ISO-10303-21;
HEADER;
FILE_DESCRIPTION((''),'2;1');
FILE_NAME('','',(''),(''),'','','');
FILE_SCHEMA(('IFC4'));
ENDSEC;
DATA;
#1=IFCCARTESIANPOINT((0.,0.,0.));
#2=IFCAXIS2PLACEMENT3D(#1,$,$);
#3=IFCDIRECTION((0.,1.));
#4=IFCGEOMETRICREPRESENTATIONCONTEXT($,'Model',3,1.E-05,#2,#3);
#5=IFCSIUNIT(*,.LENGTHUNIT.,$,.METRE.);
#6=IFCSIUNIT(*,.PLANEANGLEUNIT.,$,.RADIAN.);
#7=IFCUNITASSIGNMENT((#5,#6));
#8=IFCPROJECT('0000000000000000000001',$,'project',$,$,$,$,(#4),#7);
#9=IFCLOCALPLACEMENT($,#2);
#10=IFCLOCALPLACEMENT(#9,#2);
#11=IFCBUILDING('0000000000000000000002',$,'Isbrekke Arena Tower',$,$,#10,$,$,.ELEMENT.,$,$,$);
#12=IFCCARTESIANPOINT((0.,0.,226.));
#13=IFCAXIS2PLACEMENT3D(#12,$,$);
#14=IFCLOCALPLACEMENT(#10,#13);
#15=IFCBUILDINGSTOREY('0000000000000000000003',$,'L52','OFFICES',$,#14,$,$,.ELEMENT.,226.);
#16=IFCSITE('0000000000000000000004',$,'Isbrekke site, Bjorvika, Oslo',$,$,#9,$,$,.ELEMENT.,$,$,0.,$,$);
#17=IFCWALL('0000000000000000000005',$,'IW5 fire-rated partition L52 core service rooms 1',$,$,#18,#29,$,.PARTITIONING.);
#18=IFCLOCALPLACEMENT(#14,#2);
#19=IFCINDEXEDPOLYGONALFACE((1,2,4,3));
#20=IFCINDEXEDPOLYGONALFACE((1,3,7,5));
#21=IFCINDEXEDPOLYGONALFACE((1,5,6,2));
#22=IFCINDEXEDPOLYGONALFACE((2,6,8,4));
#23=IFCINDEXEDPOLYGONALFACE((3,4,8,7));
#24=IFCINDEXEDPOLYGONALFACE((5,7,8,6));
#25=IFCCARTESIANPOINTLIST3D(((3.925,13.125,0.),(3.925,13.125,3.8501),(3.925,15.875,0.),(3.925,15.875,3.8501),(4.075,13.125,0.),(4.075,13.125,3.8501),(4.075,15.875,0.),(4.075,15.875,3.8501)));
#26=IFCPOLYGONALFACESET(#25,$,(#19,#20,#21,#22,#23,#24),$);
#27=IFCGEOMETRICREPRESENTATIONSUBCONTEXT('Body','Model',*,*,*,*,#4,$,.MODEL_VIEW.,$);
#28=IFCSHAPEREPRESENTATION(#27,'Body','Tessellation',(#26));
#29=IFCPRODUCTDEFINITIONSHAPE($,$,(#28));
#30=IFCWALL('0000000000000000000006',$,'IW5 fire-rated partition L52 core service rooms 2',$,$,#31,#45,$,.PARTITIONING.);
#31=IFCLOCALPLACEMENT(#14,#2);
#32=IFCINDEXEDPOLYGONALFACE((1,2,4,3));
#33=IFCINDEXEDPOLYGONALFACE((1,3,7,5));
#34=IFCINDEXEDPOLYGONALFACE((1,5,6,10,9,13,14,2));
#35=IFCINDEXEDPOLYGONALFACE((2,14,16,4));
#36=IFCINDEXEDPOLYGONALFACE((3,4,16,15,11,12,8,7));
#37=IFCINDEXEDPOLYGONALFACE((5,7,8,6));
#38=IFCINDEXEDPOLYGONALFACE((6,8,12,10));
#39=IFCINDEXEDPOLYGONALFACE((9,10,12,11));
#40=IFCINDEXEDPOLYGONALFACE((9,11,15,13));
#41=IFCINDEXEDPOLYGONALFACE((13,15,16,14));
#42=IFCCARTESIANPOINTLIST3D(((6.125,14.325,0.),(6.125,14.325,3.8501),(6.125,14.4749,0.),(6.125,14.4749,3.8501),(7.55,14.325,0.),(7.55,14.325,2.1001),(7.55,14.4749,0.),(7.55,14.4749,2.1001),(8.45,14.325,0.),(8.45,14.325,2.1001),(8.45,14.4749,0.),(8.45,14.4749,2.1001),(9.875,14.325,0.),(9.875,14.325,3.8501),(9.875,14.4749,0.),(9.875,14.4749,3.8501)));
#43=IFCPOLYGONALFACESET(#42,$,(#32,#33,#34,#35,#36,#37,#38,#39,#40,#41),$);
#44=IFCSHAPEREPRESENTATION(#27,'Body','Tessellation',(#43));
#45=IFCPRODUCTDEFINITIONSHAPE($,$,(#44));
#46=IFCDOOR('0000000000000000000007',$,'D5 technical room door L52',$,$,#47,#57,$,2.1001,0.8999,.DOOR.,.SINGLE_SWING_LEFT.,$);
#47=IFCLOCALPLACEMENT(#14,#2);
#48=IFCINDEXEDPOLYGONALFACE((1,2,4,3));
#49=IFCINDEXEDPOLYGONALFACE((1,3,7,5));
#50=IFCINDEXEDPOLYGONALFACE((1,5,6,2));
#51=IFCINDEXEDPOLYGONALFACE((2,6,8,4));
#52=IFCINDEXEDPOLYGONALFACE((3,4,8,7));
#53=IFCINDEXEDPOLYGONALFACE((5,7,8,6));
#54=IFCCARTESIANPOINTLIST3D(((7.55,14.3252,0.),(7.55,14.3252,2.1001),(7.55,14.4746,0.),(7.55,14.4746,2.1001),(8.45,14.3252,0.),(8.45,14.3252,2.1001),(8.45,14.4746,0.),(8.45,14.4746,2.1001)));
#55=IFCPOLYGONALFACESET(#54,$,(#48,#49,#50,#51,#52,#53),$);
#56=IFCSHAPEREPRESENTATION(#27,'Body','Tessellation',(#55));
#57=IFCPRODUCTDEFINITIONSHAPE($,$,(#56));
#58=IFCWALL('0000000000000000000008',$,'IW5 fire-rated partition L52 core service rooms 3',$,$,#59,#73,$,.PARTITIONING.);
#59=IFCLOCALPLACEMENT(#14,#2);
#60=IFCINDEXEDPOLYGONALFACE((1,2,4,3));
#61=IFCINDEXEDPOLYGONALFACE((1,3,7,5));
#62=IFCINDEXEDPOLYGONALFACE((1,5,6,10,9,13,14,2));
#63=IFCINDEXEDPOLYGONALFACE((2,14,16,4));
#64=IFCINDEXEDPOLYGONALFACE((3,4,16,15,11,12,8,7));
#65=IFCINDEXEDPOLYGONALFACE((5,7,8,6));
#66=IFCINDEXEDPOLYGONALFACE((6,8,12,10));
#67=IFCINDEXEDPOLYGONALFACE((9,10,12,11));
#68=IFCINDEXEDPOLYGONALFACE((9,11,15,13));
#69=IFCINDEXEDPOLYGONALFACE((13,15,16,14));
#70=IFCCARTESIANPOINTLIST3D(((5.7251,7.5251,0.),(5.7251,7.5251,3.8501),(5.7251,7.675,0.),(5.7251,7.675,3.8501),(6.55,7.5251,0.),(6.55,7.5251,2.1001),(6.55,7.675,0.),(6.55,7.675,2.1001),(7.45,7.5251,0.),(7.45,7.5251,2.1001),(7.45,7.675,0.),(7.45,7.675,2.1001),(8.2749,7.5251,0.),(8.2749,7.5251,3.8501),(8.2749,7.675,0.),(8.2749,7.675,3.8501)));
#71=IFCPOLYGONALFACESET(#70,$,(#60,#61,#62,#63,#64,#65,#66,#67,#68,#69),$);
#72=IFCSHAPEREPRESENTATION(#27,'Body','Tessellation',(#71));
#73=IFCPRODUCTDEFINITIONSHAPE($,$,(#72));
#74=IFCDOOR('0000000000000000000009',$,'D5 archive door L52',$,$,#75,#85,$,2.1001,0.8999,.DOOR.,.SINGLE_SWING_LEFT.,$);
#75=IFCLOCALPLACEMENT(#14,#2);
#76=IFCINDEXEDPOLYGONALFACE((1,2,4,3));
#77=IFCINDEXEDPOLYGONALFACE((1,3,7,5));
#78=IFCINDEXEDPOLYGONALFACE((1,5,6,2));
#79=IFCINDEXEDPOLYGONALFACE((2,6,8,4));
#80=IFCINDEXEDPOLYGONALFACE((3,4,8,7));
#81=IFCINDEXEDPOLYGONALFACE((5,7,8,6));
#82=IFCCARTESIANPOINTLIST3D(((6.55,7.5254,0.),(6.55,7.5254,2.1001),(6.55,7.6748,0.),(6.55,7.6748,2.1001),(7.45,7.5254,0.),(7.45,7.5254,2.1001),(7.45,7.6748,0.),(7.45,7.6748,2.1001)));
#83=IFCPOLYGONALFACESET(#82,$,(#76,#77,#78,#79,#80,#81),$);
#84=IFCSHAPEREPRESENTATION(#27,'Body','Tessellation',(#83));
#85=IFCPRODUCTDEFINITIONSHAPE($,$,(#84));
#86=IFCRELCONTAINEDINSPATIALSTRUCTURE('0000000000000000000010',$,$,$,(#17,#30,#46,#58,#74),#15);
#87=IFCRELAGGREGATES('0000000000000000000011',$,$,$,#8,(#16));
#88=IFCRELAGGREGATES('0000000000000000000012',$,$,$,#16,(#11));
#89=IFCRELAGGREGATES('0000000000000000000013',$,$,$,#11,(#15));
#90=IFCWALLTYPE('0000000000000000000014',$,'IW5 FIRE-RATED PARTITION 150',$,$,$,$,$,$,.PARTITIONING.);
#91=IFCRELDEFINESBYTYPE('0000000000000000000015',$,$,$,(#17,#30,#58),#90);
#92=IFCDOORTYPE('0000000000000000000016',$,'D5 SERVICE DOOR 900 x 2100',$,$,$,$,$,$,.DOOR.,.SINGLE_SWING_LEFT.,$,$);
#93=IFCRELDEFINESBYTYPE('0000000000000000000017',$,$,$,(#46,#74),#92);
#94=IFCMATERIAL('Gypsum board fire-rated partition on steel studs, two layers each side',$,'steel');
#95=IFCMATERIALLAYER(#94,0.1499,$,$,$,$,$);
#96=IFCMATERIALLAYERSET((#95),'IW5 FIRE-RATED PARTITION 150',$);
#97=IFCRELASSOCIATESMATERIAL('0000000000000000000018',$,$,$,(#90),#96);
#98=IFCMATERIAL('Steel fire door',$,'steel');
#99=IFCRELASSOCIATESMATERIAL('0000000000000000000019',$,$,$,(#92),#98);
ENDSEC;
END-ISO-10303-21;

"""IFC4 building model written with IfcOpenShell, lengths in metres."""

from ifc_helpers import new_model, si_unit, direction, frame, frame_2d, origin, place, context, subcontext, project, spatial, rectangle, extrude, material, layer, layer_set, type_object, element, fill, save


model = new_model("IFC4")

# Units and contexts
model_context = context("Model", 3, precision=1e-05, world=origin(), true_north=direction((0.0, 1.0)))
body_context = subcontext(model_context, "Body", "Model", "MODEL_VIEW")
ifc_project = project(units=[si_unit("LENGTHUNIT", "METRE"), si_unit("PLANEANGLEUNIT", "RADIAN")], contexts=[model_context])

# Site, building, storey
site_placement = place(None, origin())
site = spatial("IfcSite", under=ifc_project, at=site_placement, Name="Isbrekke site, Bjorvika, Oslo", CompositionType="ELEMENT", RefElevation=0.0)
building_placement = place(site_placement, origin())
building = spatial("IfcBuilding", under=site, at=building_placement, Name="Isbrekke Arena Tower", CompositionType="ELEMENT")
storey_placement = place(building_placement, frame((0.0, 0.0, 226.0)))
storey = spatial("IfcBuildingStorey", under=building, at=storey_placement, Name="L52", Description="OFFICES", CompositionType="ELEMENT", Elevation=226.0)

# Wall
ifc_material_1 = material(Name="Gypsum board fire-rated partition on steel studs, two layers each side", Category="steel")
ifc_layer_1 = layer(ifc_material_1, 0.1499)
ifc_layer_set_1 = layer_set([ifc_layer_1], Name="IW5 FIRE-RATED PARTITION 150")
wall_type_1 = type_object("IfcWallType", Name="IW5 FIRE-RATED PARTITION 150", PredefinedType="PARTITIONING", material=ifc_layer_set_1)
wall_1_placement = place(storey_placement, frame((4.0, 13.125, 0.0), z_axis=(0.0, 0.0, 1.0), x_axis=(0.0, 1.0, 0.0)))
element("IfcWall", 1, at=wall_1_placement, inside=storey, type_object=wall_type_1, Name="IW5 fire-rated partition L52 core service rooms 1", PredefinedType="PARTITIONING", context=body_context, shape_type="SweptSolid", body=[
    extrude(rectangle(XDim=2.75, YDim=0.1499, at=frame_2d((1.375, 0.0))), origin(), (0.0, 0.0, 1.0), 3.8501),
])

# Walls, openings, doors
wall_2_placement = place(storey_placement, frame((6.125, 14.3999, 0.0), z_axis=(0.0, 0.0, 1.0), x_axis=(1.0, 0.0, 0.0)))
wall_2 = element("IfcWall", 2, at=wall_2_placement, inside=storey, type_object=wall_type_1, Name="IW5 fire-rated partition L52 core service rooms 2", PredefinedType="PARTITIONING", context=body_context, shape_type="SweptSolid", body=[
    extrude(rectangle(XDim=3.75, YDim=0.1499, at=frame_2d((1.875, 0.0))), origin(), (0.0, 0.0, 1.0), 3.8501),
])
opening_1_placement = place(wall_2_placement, frame((1.425, 0.0, 0.0)))
opening_1 = element("IfcOpeningElement", 3, at=opening_1_placement, cuts=wall_2, PredefinedType="OPENING", context=body_context, shape_type="SweptSolid", body=[
    extrude(rectangle(XDim=0.8999, YDim=2.1001, at=frame_2d((0.45, 1.05))), frame((0.0, 0.0898, 0.0), z_axis=(0.0, -1.0, 0.0), x_axis=(1.0, 0.0, 0.0)), (0.0, 0.0, 1.0), 0.1797),
])
ifc_material_2 = material(Name="Steel fire door", Category="steel")
door_type_1 = type_object("IfcDoorType", Name="D5 SERVICE DOOR 900 x 2100", OperationType="SINGLE_SWING_LEFT", PredefinedType="DOOR", material=ifc_material_2)
door_1_placement = place(opening_1_placement, origin())
door_1 = element("IfcDoor", 4, at=door_1_placement, inside=storey, type_object=door_type_1, Name="D5 technical room door L52", OperationType="SINGLE_SWING_LEFT", OverallHeight=2.1001, OverallWidth=0.8999, PredefinedType="DOOR", context=body_context, shape_type="SweptSolid", body=[
    extrude(rectangle(XDim=0.8999, YDim=2.1001, at=frame_2d((0.45, 1.05))), frame((0.0, 0.0747, 0.0), z_axis=(0.0, -1.0, 0.0), x_axis=(1.0, 0.0, 0.0)), (0.0, 0.0, 1.0), 0.1494),
])
fill(opening_1, door_1)
wall_3_placement = place(storey_placement, frame((5.7251, 7.6001, 0.0), z_axis=(0.0, 0.0, 1.0), x_axis=(1.0, 0.0, 0.0)))
wall_3 = element("IfcWall", 5, at=wall_3_placement, inside=storey, type_object=wall_type_1, Name="IW5 fire-rated partition L52 core service rooms 3", PredefinedType="PARTITIONING", context=body_context, shape_type="SweptSolid", body=[
    extrude(rectangle(XDim=2.5498, YDim=0.1499, at=frame_2d((1.2749, 0.0))), origin(), (0.0, 0.0, 1.0), 3.8501),
])
opening_2_placement = place(wall_3_placement, frame((0.825, 0.0, 0.0)))
opening_2 = element("IfcOpeningElement", 6, at=opening_2_placement, cuts=wall_3, PredefinedType="OPENING", context=body_context, shape_type="SweptSolid", body=[
    extrude(rectangle(XDim=0.8999, YDim=2.1001, at=frame_2d((0.45, 1.05))), frame((0.0, 0.0898, 0.0), z_axis=(0.0, -1.0, 0.0), x_axis=(1.0, 0.0, 0.0)), (0.0, 0.0, 1.0), 0.1797),
])
door_2_placement = place(opening_2_placement, origin())
door_2 = element("IfcDoor", 7, at=door_2_placement, inside=storey, type_object=door_type_1, Name="D5 archive door L52", OperationType="SINGLE_SWING_LEFT", OverallHeight=2.1001, OverallWidth=0.8999, PredefinedType="DOOR", context=body_context, shape_type="SweptSolid", body=[
    extrude(rectangle(XDim=0.8999, YDim=2.1001, at=frame_2d((0.45, 1.05))), frame((0.0, 0.0747, 0.0), z_axis=(0.0, -1.0, 0.0), x_axis=(1.0, 0.0, 0.0)), (0.0, 0.0, 1.0), 0.1494),
])
fill(opening_2, door_2)

save(model, "model.ifc")
